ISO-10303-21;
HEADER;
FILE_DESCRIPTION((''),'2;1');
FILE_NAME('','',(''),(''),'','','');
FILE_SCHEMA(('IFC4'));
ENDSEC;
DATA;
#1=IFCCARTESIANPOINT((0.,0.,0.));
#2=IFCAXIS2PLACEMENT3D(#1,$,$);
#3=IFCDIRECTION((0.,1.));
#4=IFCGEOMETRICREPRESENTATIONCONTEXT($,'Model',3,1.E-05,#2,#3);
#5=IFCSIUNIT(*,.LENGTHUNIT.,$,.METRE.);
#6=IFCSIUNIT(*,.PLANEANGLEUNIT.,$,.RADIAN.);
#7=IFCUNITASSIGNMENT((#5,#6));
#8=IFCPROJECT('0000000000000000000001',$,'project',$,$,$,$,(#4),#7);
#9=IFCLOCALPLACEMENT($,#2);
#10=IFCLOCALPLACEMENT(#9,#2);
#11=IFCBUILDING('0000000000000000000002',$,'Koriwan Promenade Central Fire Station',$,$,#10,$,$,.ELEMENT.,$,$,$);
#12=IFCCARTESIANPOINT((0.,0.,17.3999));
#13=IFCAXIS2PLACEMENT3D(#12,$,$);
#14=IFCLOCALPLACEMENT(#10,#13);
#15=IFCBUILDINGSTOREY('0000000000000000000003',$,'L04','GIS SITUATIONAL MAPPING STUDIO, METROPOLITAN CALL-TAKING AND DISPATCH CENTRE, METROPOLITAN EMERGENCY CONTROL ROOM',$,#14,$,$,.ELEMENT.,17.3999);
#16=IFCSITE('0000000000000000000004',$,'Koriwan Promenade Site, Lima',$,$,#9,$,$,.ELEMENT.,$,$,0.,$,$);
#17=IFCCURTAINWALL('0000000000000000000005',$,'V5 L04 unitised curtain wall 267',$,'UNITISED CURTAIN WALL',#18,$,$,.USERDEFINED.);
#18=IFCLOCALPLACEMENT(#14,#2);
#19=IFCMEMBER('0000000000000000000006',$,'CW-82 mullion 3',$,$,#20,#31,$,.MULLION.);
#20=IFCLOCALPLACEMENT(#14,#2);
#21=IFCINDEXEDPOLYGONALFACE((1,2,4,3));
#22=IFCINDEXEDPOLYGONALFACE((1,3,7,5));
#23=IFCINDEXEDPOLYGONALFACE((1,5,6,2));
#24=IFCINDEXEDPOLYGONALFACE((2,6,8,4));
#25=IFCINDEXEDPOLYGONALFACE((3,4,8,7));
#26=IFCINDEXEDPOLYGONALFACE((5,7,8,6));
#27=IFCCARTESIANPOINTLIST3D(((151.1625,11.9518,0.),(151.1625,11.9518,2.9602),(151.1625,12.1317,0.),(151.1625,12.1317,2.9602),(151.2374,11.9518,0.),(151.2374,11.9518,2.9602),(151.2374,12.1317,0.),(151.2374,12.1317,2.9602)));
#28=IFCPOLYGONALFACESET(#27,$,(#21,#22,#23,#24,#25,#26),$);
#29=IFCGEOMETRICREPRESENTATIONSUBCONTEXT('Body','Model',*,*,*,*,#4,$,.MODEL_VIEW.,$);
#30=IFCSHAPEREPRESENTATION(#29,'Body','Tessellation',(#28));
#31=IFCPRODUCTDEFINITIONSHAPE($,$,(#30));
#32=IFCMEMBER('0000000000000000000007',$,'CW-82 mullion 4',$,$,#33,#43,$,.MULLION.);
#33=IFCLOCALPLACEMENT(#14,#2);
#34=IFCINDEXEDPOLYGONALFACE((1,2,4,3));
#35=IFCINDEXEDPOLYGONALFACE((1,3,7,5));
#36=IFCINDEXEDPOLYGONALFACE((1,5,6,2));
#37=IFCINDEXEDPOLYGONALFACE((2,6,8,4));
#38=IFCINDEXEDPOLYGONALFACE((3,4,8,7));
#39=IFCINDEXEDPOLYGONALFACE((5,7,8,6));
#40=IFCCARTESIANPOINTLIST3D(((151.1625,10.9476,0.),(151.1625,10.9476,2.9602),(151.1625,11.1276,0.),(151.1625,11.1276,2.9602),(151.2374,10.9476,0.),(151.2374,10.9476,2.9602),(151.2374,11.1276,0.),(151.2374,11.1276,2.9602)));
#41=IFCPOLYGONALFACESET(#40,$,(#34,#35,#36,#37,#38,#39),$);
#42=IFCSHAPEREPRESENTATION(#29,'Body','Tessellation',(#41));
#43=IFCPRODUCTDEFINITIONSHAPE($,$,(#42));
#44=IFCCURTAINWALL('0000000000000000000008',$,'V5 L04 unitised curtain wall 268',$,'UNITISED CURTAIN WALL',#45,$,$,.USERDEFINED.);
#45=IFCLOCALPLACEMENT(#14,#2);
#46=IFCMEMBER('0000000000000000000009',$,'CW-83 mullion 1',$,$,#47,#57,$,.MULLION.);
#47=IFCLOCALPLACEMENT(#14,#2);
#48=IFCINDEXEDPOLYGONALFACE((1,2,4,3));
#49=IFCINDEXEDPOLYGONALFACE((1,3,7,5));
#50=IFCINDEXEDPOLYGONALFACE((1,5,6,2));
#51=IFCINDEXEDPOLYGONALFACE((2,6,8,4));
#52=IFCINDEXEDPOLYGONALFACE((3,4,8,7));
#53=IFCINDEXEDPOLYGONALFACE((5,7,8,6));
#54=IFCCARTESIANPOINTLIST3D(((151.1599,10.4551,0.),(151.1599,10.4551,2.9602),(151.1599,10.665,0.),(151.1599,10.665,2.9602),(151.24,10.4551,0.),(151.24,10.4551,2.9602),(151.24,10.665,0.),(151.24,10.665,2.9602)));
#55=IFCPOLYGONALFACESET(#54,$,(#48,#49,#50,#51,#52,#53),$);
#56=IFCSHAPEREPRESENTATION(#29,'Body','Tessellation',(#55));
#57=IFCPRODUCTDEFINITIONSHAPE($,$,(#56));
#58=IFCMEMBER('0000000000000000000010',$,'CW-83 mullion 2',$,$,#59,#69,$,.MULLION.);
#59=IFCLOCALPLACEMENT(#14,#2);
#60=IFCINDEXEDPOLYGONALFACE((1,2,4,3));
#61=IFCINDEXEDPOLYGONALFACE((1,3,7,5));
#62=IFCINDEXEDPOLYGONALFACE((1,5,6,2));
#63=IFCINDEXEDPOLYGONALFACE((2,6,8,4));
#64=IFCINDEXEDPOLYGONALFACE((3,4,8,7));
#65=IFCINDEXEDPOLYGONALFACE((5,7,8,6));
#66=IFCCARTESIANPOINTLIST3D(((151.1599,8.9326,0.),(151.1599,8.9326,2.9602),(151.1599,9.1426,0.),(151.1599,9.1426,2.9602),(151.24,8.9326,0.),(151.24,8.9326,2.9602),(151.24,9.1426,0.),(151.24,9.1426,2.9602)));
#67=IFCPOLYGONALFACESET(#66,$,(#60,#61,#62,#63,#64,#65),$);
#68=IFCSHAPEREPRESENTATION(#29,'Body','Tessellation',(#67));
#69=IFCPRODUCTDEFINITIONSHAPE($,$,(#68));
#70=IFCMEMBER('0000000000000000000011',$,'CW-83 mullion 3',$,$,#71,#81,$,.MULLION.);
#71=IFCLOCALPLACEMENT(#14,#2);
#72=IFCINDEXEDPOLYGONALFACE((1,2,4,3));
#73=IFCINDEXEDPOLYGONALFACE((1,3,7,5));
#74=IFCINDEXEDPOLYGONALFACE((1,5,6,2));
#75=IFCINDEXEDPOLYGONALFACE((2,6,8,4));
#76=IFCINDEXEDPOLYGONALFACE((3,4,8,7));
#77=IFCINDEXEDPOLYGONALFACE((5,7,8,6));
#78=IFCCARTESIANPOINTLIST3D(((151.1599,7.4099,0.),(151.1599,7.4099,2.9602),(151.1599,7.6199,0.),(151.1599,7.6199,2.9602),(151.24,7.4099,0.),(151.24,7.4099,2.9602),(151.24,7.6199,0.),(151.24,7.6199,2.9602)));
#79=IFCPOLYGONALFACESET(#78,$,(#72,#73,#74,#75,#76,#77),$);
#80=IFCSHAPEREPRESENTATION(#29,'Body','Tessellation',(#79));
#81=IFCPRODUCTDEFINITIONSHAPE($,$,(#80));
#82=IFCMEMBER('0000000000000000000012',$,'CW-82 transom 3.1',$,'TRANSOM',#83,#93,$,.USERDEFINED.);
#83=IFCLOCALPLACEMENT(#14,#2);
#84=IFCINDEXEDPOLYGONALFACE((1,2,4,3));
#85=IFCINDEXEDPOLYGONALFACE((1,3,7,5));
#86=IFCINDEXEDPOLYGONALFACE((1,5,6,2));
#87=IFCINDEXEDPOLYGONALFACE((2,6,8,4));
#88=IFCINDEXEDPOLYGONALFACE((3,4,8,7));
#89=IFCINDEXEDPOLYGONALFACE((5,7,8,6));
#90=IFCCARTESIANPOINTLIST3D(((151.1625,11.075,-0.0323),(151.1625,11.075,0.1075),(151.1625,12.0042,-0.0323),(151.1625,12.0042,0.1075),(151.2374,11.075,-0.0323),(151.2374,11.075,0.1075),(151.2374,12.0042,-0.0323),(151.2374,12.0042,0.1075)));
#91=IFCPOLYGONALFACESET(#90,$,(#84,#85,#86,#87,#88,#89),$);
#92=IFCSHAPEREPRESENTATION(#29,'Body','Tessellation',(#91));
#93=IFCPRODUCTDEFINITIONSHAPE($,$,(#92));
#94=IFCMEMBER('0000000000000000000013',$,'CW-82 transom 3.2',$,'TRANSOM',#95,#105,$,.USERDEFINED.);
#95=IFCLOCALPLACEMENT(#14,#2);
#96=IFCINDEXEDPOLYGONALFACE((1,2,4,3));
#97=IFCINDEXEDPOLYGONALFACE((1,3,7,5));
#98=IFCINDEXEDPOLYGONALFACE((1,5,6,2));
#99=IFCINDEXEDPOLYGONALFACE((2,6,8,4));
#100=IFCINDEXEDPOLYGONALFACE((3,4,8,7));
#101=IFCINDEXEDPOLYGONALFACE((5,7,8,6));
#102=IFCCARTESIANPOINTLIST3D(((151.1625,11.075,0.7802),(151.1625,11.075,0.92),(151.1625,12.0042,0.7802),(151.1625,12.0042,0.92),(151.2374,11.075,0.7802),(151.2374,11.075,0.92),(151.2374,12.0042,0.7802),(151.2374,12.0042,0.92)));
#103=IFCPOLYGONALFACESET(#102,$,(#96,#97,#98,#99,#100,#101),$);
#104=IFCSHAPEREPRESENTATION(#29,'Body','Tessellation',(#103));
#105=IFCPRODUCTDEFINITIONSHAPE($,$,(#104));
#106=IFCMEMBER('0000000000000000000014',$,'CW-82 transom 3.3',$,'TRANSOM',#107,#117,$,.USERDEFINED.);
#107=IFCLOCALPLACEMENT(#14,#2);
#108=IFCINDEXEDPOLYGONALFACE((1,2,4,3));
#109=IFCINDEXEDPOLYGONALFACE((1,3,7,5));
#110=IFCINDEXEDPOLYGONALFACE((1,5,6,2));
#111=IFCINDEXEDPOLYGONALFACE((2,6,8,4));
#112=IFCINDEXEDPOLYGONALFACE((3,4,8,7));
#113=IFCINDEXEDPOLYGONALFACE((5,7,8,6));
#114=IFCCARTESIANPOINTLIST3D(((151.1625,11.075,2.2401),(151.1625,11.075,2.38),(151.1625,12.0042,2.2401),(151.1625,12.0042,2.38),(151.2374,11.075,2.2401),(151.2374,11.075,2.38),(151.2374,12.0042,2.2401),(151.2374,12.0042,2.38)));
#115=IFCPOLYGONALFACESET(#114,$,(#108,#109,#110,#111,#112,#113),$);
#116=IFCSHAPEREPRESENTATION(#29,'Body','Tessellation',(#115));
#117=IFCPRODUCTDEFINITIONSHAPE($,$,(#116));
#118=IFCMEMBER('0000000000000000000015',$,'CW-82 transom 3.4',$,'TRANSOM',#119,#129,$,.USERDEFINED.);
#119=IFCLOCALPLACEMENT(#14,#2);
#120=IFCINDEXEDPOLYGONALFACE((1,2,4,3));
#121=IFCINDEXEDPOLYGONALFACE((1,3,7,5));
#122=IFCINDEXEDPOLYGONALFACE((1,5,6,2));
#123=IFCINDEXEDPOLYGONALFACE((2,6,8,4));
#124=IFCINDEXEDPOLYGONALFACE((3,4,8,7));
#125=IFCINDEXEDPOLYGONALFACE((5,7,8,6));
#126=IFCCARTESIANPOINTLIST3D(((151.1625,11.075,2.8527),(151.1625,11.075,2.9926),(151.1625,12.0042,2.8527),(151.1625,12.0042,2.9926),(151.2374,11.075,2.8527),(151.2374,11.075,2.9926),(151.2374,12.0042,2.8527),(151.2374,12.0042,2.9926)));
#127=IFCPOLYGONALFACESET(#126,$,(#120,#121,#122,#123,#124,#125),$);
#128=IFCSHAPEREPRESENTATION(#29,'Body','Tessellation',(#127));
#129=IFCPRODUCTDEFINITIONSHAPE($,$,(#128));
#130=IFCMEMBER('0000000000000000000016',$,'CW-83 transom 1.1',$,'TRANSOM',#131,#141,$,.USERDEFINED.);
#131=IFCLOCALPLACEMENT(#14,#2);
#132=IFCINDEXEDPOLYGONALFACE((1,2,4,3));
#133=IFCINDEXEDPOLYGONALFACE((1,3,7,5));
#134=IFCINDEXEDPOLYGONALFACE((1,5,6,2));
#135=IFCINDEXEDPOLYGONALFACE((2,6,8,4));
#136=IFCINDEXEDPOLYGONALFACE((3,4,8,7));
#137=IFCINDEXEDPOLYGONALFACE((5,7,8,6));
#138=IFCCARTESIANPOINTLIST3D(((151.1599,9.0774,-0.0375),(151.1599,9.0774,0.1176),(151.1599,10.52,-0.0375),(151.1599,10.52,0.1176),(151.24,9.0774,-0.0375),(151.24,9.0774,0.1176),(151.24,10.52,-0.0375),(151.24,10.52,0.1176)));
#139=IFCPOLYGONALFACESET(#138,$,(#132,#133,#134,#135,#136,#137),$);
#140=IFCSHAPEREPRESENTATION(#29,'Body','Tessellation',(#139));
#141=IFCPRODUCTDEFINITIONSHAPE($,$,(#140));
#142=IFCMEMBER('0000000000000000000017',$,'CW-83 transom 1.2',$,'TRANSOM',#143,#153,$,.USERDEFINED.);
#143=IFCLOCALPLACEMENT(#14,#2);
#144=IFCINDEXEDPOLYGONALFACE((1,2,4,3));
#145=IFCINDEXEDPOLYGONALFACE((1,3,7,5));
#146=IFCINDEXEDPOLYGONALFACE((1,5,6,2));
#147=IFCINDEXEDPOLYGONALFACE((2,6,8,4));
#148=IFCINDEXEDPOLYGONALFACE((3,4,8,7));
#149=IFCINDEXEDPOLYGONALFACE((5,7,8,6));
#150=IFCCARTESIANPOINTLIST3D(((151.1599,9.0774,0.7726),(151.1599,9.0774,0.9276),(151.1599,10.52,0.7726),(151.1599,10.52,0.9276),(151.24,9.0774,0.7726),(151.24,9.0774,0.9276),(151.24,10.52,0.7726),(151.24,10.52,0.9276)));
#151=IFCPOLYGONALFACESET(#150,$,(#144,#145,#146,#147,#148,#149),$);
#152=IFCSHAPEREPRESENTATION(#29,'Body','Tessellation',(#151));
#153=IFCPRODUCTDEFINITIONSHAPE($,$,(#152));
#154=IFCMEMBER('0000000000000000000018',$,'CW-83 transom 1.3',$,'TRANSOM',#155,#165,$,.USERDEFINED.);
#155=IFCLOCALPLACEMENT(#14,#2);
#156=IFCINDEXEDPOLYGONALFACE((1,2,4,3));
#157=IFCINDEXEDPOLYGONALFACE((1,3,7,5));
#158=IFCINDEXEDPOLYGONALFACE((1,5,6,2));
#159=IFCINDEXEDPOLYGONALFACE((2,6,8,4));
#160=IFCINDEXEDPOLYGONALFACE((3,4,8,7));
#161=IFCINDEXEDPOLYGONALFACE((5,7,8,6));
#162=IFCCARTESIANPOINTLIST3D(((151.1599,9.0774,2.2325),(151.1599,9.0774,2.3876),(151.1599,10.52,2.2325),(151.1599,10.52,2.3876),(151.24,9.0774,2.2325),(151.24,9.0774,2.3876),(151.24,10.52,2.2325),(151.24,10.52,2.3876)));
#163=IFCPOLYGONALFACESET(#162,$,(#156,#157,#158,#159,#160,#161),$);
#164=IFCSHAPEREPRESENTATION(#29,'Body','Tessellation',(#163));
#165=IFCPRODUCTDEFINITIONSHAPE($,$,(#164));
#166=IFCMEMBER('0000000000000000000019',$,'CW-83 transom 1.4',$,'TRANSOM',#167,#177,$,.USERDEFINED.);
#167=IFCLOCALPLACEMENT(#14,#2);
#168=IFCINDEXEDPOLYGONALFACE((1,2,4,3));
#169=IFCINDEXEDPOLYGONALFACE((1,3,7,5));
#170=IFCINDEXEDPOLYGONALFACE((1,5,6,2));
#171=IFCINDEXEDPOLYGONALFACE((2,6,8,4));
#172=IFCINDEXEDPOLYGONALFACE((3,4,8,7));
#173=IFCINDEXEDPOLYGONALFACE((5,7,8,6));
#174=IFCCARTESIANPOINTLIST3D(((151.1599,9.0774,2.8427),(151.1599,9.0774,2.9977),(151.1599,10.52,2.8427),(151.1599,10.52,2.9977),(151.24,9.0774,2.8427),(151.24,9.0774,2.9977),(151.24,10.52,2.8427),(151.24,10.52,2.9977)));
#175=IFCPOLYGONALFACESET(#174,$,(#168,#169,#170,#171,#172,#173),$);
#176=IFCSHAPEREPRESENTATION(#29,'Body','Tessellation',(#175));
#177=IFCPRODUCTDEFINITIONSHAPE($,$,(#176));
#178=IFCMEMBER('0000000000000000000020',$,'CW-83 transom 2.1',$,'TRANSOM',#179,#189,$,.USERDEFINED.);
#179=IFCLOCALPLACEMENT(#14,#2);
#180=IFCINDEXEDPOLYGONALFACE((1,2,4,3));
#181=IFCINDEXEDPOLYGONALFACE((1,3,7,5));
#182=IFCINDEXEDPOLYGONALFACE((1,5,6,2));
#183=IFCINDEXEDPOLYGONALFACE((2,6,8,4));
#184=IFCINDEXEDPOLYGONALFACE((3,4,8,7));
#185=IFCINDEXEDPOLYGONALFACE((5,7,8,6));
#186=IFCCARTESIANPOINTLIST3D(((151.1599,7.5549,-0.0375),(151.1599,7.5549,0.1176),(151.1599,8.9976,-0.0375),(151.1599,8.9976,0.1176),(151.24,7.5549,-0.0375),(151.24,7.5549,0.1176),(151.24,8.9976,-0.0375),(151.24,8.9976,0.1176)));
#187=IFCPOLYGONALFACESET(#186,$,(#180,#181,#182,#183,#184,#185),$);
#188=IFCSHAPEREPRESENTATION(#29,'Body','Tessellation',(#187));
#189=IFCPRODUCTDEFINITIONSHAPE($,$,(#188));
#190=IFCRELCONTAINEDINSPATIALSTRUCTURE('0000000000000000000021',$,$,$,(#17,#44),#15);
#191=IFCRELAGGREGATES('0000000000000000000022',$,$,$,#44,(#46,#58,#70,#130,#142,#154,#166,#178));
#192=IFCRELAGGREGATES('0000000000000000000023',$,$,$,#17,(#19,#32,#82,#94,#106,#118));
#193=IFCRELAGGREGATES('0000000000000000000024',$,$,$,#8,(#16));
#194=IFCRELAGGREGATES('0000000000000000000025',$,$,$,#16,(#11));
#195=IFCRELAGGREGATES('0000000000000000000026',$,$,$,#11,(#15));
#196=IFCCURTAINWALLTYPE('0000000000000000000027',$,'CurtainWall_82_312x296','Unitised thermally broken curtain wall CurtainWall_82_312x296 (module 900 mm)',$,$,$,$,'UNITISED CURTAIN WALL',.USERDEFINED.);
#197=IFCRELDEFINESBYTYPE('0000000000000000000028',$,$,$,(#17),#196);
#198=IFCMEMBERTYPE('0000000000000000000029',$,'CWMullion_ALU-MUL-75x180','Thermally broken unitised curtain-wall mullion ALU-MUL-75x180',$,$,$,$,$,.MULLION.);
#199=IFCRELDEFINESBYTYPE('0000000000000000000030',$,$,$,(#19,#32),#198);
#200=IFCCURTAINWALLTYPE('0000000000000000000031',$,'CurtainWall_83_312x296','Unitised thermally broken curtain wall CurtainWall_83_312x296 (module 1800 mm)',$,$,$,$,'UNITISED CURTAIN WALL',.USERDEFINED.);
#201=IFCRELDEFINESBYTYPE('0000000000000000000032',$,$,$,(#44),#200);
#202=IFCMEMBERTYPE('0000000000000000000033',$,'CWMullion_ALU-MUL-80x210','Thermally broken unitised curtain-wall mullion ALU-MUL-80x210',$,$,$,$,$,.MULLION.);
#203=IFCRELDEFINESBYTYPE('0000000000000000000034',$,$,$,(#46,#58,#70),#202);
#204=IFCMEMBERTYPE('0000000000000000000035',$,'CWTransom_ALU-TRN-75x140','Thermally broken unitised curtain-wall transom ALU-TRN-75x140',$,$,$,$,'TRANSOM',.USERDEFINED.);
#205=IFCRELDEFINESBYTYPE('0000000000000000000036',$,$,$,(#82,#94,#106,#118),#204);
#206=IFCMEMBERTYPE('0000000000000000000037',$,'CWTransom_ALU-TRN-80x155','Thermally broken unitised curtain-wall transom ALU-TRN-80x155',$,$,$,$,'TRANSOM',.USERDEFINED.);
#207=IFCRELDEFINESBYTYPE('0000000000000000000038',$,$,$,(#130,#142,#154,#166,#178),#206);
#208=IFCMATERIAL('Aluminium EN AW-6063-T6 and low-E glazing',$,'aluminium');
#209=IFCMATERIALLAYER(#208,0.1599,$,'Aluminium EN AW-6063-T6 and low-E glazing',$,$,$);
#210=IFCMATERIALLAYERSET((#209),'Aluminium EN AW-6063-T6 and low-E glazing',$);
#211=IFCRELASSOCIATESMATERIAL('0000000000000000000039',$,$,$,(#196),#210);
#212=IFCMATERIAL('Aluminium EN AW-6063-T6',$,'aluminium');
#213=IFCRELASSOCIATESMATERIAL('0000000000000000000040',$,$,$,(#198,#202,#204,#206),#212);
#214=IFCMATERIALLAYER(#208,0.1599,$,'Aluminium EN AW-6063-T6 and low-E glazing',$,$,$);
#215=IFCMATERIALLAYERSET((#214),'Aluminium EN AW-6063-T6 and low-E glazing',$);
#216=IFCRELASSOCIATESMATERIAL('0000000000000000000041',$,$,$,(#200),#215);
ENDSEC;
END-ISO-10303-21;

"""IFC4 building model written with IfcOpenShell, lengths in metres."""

from ifc_helpers import new_model, si_unit, direction, frame, origin, origin_2d, place, context, subcontext, project, spatial, rectangle, extrude, material, layer, layer_set, material_profile, profile_set, type_object, element, aggregate, save


model = new_model("IFC4")

# Units and contexts
model_context = context("Model", 3, precision=1e-05, world=origin(), true_north=direction((0.0, 1.0)))
body_context = subcontext(model_context, "Body", "Model", "MODEL_VIEW")
ifc_project = project(units=[si_unit("LENGTHUNIT", "METRE"), si_unit("PLANEANGLEUNIT", "RADIAN")], contexts=[model_context])

# Site, building, storey
site_placement = place(None, origin())
site = spatial("IfcSite", under=ifc_project, at=site_placement, Name="Koriwan Promenade Site, Lima", CompositionType="ELEMENT", RefElevation=0.0)
building_placement = place(site_placement, origin())
building = spatial("IfcBuilding", under=site, at=building_placement, Name="Koriwan Promenade Central Fire Station", CompositionType="ELEMENT")
storey_placement = place(building_placement, frame((0.0, 0.0, 17.3999)))
storey = spatial("IfcBuildingStorey", under=building, at=storey_placement, Name="L04", Description="GIS SITUATIONAL MAPPING STUDIO, METROPOLITAN CALL-TAKING AND DISPATCH CENTRE, METROPOLITAN EMERGENCY CONTROL ROOM", CompositionType="ELEMENT", Elevation=17.3999)

# Curtain walls, members
ifc_material_1 = material(Name="Aluminium EN AW-6063-T6 and low-E glazing", Category="aluminium")
ifc_layer_1 = layer(ifc_material_1, 0.1599, Name="Aluminium EN AW-6063-T6 and low-E glazing")
ifc_layer_set_1 = layer_set([ifc_layer_1], Name="Aluminium EN AW-6063-T6 and low-E glazing")
curtain_wall_type_1 = type_object("IfcCurtainWallType", Name="CurtainWall_82_312x296", Description="Unitised thermally broken curtain wall CurtainWall_82_312x296 (module 900 mm)", ElementType="UNITISED CURTAIN WALL", PredefinedType="USERDEFINED", material=ifc_layer_set_1)
curtain_wall_1_placement = place(storey_placement, origin())
curtain_wall_1 = element("IfcCurtainWall", 1, at=curtain_wall_1_placement, inside=storey, type_object=curtain_wall_type_1, Name="V5 L04 unitised curtain wall 267", ObjectType="UNITISED CURTAIN WALL", PredefinedType="USERDEFINED")
ifc_material_2 = material(Name="Aluminium EN AW-6063-T6", Category="aluminium")
ifc_material_profile_1 = material_profile(ifc_material_2, rectangle(XDim=0.075, YDim=0.1799, at=origin_2d()), Name="ALU-MUL-75x180")
ifc_profile_set_1 = profile_set([ifc_material_profile_1], Name="Aluminium EN AW-6063-T6")
member_type_1 = type_object("IfcMemberType", Name="CWMullion_ALU-MUL-75x180", Description="Thermally broken unitised curtain-wall mullion ALU-MUL-75x180", PredefinedType="MULLION", material=ifc_profile_set_1)
member_1_placement = place(storey_placement, frame((151.2, 12.0417, 0.0), z_axis=(0.0, 0.0, 1.0), x_axis=(1.0, 0.0, 0.0)))
member_1 = element("IfcMember", 2, at=member_1_placement, type_object=member_type_1, Name="CW-82 mullion 3", PredefinedType="MULLION", context=body_context, shape_type="SweptSolid", body=[
    extrude(rectangle(XDim=0.075, YDim=0.1799, at=origin_2d()), origin(), (0.0, 0.0, 1.0), 2.9602),
])
member_2_placement = place(storey_placement, frame((151.2, 11.0376, 0.0), z_axis=(0.0, 0.0, 1.0), x_axis=(1.0, 0.0, 0.0)))
member_2 = element("IfcMember", 3, at=member_2_placement, type_object=member_type_1, Name="CW-82 mullion 4", PredefinedType="MULLION", context=body_context, shape_type="SweptSolid", body=[
    extrude(rectangle(XDim=0.075, YDim=0.1799, at=origin_2d()), origin(), (0.0, 0.0, 1.0), 2.9602),
])
ifc_layer_2 = layer(ifc_material_1, 0.1599, Name="Aluminium EN AW-6063-T6 and low-E glazing")
ifc_layer_set_2 = layer_set([ifc_layer_2], Name="Aluminium EN AW-6063-T6 and low-E glazing")
curtain_wall_type_2 = type_object("IfcCurtainWallType", Name="CurtainWall_83_312x296", Description="Unitised thermally broken curtain wall CurtainWall_83_312x296 (module 1800 mm)", ElementType="UNITISED CURTAIN WALL", PredefinedType="USERDEFINED", material=ifc_layer_set_2)
curtain_wall_2_placement = place(storey_placement, origin())
curtain_wall_2 = element("IfcCurtainWall", 4, at=curtain_wall_2_placement, inside=storey, type_object=curtain_wall_type_2, Name="V5 L04 unitised curtain wall 268", ObjectType="UNITISED CURTAIN WALL", PredefinedType="USERDEFINED")
ifc_material_profile_2 = material_profile(ifc_material_2, rectangle(XDim=0.0801, YDim=0.21, at=origin_2d()), Name="ALU-MUL-80x210")
ifc_profile_set_2 = profile_set([ifc_material_profile_2], Name="Aluminium EN AW-6063-T6")
member_type_2 = type_object("IfcMemberType", Name="CWMullion_ALU-MUL-80x210", Description="Thermally broken unitised curtain-wall mullion ALU-MUL-80x210", PredefinedType="MULLION", material=ifc_profile_set_2)
member_3_placement = place(storey_placement, frame((151.2, 10.5601, 0.0), z_axis=(0.0, 0.0, 1.0), x_axis=(1.0, 0.0, 0.0)))
member_3 = element("IfcMember", 5, at=member_3_placement, type_object=member_type_2, Name="CW-83 mullion 1", PredefinedType="MULLION", context=body_context, shape_type="SweptSolid", body=[
    extrude(rectangle(XDim=0.0801, YDim=0.21, at=origin_2d()), origin(), (0.0, 0.0, 1.0), 2.9602),
])
member_4_placement = place(storey_placement, frame((151.2, 9.0376, 0.0), z_axis=(0.0, 0.0, 1.0), x_axis=(1.0, 0.0, 0.0)))
member_4 = element("IfcMember", 6, at=member_4_placement, type_object=member_type_2, Name="CW-83 mullion 2", PredefinedType="MULLION", context=body_context, shape_type="SweptSolid", body=[
    extrude(rectangle(XDim=0.0801, YDim=0.21, at=origin_2d()), origin(), (0.0, 0.0, 1.0), 2.9602),
])
member_5_placement = place(storey_placement, frame((151.2, 7.5149, 0.0), z_axis=(0.0, 0.0, 1.0), x_axis=(1.0, 0.0, 0.0)))
member_5 = element("IfcMember", 7, at=member_5_placement, type_object=member_type_2, Name="CW-83 mullion 3", PredefinedType="MULLION", context=body_context, shape_type="SweptSolid", body=[
    extrude(rectangle(XDim=0.0801, YDim=0.21, at=origin_2d()), origin(), (0.0, 0.0, 1.0), 2.9602),
])

# Members
ifc_material_profile_3 = material_profile(ifc_material_2, rectangle(XDim=0.075, YDim=0.1399, at=origin_2d()), Name="ALU-TRN-75x140")
ifc_profile_set_3 = profile_set([ifc_material_profile_3], Name="Aluminium EN AW-6063-T6")
member_type_3 = type_object("IfcMemberType", Name="CWTransom_ALU-TRN-75x140", Description="Thermally broken unitised curtain-wall transom ALU-TRN-75x140", ElementType="TRANSOM", PredefinedType="USERDEFINED", material=ifc_profile_set_3)
member_6_placement = place(storey_placement, frame((151.2, 12.0042, 0.0376), z_axis=(0.0, -1.0, 0.0), x_axis=(1.0, 0.0, 0.0)))
member_6 = element("IfcMember", 8, at=member_6_placement, type_object=member_type_3, Name="CW-82 transom 3.1", ObjectType="TRANSOM", PredefinedType="USERDEFINED", context=body_context, shape_type="SweptSolid", body=[
    extrude(rectangle(XDim=0.075, YDim=0.1399, at=origin_2d()), origin(), (0.0, 0.0, 1.0), 0.9292),
])
member_7_placement = place(storey_placement, frame((151.2, 12.0042, 0.8501), z_axis=(0.0, -1.0, 0.0), x_axis=(1.0, 0.0, 0.0)))
member_7 = element("IfcMember", 9, at=member_7_placement, type_object=member_type_3, Name="CW-82 transom 3.2", ObjectType="TRANSOM", PredefinedType="USERDEFINED", context=body_context, shape_type="SweptSolid", body=[
    extrude(rectangle(XDim=0.075, YDim=0.1399, at=origin_2d()), origin(), (0.0, 0.0, 1.0), 0.9292),
])
member_8_placement = place(storey_placement, frame((151.2, 12.0042, 2.3101), z_axis=(0.0, -1.0, 0.0), x_axis=(1.0, 0.0, 0.0)))
member_8 = element("IfcMember", 10, at=member_8_placement, type_object=member_type_3, Name="CW-82 transom 3.3", ObjectType="TRANSOM", PredefinedType="USERDEFINED", context=body_context, shape_type="SweptSolid", body=[
    extrude(rectangle(XDim=0.075, YDim=0.1399, at=origin_2d()), origin(), (0.0, 0.0, 1.0), 0.9292),
])
member_9_placement = place(storey_placement, frame((151.2, 12.0042, 2.9226), z_axis=(0.0, -1.0, 0.0), x_axis=(1.0, 0.0, 0.0)))
member_9 = element("IfcMember", 11, at=member_9_placement, type_object=member_type_3, Name="CW-82 transom 3.4", ObjectType="TRANSOM", PredefinedType="USERDEFINED", context=body_context, shape_type="SweptSolid", body=[
    extrude(rectangle(XDim=0.075, YDim=0.1399, at=origin_2d()), origin(), (0.0, 0.0, 1.0), 0.9292),
])
ifc_material_profile_4 = material_profile(ifc_material_2, rectangle(XDim=0.0801, YDim=0.155, at=origin_2d()), Name="ALU-TRN-80x155")
ifc_profile_set_4 = profile_set([ifc_material_profile_4], Name="Aluminium EN AW-6063-T6")
member_type_4 = type_object("IfcMemberType", Name="CWTransom_ALU-TRN-80x155", Description="Thermally broken unitised curtain-wall transom ALU-TRN-80x155", ElementType="TRANSOM", PredefinedType="USERDEFINED", material=ifc_profile_set_4)
member_10_placement = place(storey_placement, frame((151.2, 10.52, 0.04), z_axis=(0.0, -1.0, 0.0), x_axis=(1.0, 0.0, 0.0)))
member_10 = element("IfcMember", 12, at=member_10_placement, type_object=member_type_4, Name="CW-83 transom 1.1", ObjectType="TRANSOM", PredefinedType="USERDEFINED", context=body_context, shape_type="SweptSolid", body=[
    extrude(rectangle(XDim=0.0801, YDim=0.155, at=origin_2d()), origin(), (0.0, 0.0, 1.0), 1.4426),
])
member_11_placement = place(storey_placement, frame((151.2, 10.52, 0.8501), z_axis=(0.0, -1.0, 0.0), x_axis=(1.0, 0.0, 0.0)))
member_11 = element("IfcMember", 13, at=member_11_placement, type_object=member_type_4, Name="CW-83 transom 1.2", ObjectType="TRANSOM", PredefinedType="USERDEFINED", context=body_context, shape_type="SweptSolid", body=[
    extrude(rectangle(XDim=0.0801, YDim=0.155, at=origin_2d()), origin(), (0.0, 0.0, 1.0), 1.4426),
])
member_12_placement = place(storey_placement, frame((151.2, 10.52, 2.3101), z_axis=(0.0, -1.0, 0.0), x_axis=(1.0, 0.0, 0.0)))
member_12 = element("IfcMember", 14, at=member_12_placement, type_object=member_type_4, Name="CW-83 transom 1.3", ObjectType="TRANSOM", PredefinedType="USERDEFINED", context=body_context, shape_type="SweptSolid", body=[
    extrude(rectangle(XDim=0.0801, YDim=0.155, at=origin_2d()), origin(), (0.0, 0.0, 1.0), 1.4426),
])
member_13_placement = place(storey_placement, frame((151.2, 10.52, 2.9202), z_axis=(0.0, -1.0, 0.0), x_axis=(1.0, 0.0, 0.0)))
member_13 = element("IfcMember", 15, at=member_13_placement, type_object=member_type_4, Name="CW-83 transom 1.4", ObjectType="TRANSOM", PredefinedType="USERDEFINED", context=body_context, shape_type="SweptSolid", body=[
    extrude(rectangle(XDim=0.0801, YDim=0.155, at=origin_2d()), origin(), (0.0, 0.0, 1.0), 1.4426),
])
member_14_placement = place(storey_placement, frame((151.2, 8.9976, 0.04), z_axis=(0.0, -1.0, 0.0), x_axis=(1.0, 0.0, 0.0)))
member_14 = element("IfcMember", 16, at=member_14_placement, type_object=member_type_4, Name="CW-83 transom 2.1", ObjectType="TRANSOM", PredefinedType="USERDEFINED", context=body_context, shape_type="SweptSolid", body=[
    extrude(rectangle(XDim=0.0801, YDim=0.155, at=origin_2d()), origin(), (0.0, 0.0, 1.0), 1.4426),
])

aggregate(curtain_wall_2, [member_3, member_4, member_5, member_10, member_11, member_12, member_13, member_14])
aggregate(curtain_wall_1, [member_1, member_2, member_6, member_7, member_8, member_9])

save(model, "model.ifc")
